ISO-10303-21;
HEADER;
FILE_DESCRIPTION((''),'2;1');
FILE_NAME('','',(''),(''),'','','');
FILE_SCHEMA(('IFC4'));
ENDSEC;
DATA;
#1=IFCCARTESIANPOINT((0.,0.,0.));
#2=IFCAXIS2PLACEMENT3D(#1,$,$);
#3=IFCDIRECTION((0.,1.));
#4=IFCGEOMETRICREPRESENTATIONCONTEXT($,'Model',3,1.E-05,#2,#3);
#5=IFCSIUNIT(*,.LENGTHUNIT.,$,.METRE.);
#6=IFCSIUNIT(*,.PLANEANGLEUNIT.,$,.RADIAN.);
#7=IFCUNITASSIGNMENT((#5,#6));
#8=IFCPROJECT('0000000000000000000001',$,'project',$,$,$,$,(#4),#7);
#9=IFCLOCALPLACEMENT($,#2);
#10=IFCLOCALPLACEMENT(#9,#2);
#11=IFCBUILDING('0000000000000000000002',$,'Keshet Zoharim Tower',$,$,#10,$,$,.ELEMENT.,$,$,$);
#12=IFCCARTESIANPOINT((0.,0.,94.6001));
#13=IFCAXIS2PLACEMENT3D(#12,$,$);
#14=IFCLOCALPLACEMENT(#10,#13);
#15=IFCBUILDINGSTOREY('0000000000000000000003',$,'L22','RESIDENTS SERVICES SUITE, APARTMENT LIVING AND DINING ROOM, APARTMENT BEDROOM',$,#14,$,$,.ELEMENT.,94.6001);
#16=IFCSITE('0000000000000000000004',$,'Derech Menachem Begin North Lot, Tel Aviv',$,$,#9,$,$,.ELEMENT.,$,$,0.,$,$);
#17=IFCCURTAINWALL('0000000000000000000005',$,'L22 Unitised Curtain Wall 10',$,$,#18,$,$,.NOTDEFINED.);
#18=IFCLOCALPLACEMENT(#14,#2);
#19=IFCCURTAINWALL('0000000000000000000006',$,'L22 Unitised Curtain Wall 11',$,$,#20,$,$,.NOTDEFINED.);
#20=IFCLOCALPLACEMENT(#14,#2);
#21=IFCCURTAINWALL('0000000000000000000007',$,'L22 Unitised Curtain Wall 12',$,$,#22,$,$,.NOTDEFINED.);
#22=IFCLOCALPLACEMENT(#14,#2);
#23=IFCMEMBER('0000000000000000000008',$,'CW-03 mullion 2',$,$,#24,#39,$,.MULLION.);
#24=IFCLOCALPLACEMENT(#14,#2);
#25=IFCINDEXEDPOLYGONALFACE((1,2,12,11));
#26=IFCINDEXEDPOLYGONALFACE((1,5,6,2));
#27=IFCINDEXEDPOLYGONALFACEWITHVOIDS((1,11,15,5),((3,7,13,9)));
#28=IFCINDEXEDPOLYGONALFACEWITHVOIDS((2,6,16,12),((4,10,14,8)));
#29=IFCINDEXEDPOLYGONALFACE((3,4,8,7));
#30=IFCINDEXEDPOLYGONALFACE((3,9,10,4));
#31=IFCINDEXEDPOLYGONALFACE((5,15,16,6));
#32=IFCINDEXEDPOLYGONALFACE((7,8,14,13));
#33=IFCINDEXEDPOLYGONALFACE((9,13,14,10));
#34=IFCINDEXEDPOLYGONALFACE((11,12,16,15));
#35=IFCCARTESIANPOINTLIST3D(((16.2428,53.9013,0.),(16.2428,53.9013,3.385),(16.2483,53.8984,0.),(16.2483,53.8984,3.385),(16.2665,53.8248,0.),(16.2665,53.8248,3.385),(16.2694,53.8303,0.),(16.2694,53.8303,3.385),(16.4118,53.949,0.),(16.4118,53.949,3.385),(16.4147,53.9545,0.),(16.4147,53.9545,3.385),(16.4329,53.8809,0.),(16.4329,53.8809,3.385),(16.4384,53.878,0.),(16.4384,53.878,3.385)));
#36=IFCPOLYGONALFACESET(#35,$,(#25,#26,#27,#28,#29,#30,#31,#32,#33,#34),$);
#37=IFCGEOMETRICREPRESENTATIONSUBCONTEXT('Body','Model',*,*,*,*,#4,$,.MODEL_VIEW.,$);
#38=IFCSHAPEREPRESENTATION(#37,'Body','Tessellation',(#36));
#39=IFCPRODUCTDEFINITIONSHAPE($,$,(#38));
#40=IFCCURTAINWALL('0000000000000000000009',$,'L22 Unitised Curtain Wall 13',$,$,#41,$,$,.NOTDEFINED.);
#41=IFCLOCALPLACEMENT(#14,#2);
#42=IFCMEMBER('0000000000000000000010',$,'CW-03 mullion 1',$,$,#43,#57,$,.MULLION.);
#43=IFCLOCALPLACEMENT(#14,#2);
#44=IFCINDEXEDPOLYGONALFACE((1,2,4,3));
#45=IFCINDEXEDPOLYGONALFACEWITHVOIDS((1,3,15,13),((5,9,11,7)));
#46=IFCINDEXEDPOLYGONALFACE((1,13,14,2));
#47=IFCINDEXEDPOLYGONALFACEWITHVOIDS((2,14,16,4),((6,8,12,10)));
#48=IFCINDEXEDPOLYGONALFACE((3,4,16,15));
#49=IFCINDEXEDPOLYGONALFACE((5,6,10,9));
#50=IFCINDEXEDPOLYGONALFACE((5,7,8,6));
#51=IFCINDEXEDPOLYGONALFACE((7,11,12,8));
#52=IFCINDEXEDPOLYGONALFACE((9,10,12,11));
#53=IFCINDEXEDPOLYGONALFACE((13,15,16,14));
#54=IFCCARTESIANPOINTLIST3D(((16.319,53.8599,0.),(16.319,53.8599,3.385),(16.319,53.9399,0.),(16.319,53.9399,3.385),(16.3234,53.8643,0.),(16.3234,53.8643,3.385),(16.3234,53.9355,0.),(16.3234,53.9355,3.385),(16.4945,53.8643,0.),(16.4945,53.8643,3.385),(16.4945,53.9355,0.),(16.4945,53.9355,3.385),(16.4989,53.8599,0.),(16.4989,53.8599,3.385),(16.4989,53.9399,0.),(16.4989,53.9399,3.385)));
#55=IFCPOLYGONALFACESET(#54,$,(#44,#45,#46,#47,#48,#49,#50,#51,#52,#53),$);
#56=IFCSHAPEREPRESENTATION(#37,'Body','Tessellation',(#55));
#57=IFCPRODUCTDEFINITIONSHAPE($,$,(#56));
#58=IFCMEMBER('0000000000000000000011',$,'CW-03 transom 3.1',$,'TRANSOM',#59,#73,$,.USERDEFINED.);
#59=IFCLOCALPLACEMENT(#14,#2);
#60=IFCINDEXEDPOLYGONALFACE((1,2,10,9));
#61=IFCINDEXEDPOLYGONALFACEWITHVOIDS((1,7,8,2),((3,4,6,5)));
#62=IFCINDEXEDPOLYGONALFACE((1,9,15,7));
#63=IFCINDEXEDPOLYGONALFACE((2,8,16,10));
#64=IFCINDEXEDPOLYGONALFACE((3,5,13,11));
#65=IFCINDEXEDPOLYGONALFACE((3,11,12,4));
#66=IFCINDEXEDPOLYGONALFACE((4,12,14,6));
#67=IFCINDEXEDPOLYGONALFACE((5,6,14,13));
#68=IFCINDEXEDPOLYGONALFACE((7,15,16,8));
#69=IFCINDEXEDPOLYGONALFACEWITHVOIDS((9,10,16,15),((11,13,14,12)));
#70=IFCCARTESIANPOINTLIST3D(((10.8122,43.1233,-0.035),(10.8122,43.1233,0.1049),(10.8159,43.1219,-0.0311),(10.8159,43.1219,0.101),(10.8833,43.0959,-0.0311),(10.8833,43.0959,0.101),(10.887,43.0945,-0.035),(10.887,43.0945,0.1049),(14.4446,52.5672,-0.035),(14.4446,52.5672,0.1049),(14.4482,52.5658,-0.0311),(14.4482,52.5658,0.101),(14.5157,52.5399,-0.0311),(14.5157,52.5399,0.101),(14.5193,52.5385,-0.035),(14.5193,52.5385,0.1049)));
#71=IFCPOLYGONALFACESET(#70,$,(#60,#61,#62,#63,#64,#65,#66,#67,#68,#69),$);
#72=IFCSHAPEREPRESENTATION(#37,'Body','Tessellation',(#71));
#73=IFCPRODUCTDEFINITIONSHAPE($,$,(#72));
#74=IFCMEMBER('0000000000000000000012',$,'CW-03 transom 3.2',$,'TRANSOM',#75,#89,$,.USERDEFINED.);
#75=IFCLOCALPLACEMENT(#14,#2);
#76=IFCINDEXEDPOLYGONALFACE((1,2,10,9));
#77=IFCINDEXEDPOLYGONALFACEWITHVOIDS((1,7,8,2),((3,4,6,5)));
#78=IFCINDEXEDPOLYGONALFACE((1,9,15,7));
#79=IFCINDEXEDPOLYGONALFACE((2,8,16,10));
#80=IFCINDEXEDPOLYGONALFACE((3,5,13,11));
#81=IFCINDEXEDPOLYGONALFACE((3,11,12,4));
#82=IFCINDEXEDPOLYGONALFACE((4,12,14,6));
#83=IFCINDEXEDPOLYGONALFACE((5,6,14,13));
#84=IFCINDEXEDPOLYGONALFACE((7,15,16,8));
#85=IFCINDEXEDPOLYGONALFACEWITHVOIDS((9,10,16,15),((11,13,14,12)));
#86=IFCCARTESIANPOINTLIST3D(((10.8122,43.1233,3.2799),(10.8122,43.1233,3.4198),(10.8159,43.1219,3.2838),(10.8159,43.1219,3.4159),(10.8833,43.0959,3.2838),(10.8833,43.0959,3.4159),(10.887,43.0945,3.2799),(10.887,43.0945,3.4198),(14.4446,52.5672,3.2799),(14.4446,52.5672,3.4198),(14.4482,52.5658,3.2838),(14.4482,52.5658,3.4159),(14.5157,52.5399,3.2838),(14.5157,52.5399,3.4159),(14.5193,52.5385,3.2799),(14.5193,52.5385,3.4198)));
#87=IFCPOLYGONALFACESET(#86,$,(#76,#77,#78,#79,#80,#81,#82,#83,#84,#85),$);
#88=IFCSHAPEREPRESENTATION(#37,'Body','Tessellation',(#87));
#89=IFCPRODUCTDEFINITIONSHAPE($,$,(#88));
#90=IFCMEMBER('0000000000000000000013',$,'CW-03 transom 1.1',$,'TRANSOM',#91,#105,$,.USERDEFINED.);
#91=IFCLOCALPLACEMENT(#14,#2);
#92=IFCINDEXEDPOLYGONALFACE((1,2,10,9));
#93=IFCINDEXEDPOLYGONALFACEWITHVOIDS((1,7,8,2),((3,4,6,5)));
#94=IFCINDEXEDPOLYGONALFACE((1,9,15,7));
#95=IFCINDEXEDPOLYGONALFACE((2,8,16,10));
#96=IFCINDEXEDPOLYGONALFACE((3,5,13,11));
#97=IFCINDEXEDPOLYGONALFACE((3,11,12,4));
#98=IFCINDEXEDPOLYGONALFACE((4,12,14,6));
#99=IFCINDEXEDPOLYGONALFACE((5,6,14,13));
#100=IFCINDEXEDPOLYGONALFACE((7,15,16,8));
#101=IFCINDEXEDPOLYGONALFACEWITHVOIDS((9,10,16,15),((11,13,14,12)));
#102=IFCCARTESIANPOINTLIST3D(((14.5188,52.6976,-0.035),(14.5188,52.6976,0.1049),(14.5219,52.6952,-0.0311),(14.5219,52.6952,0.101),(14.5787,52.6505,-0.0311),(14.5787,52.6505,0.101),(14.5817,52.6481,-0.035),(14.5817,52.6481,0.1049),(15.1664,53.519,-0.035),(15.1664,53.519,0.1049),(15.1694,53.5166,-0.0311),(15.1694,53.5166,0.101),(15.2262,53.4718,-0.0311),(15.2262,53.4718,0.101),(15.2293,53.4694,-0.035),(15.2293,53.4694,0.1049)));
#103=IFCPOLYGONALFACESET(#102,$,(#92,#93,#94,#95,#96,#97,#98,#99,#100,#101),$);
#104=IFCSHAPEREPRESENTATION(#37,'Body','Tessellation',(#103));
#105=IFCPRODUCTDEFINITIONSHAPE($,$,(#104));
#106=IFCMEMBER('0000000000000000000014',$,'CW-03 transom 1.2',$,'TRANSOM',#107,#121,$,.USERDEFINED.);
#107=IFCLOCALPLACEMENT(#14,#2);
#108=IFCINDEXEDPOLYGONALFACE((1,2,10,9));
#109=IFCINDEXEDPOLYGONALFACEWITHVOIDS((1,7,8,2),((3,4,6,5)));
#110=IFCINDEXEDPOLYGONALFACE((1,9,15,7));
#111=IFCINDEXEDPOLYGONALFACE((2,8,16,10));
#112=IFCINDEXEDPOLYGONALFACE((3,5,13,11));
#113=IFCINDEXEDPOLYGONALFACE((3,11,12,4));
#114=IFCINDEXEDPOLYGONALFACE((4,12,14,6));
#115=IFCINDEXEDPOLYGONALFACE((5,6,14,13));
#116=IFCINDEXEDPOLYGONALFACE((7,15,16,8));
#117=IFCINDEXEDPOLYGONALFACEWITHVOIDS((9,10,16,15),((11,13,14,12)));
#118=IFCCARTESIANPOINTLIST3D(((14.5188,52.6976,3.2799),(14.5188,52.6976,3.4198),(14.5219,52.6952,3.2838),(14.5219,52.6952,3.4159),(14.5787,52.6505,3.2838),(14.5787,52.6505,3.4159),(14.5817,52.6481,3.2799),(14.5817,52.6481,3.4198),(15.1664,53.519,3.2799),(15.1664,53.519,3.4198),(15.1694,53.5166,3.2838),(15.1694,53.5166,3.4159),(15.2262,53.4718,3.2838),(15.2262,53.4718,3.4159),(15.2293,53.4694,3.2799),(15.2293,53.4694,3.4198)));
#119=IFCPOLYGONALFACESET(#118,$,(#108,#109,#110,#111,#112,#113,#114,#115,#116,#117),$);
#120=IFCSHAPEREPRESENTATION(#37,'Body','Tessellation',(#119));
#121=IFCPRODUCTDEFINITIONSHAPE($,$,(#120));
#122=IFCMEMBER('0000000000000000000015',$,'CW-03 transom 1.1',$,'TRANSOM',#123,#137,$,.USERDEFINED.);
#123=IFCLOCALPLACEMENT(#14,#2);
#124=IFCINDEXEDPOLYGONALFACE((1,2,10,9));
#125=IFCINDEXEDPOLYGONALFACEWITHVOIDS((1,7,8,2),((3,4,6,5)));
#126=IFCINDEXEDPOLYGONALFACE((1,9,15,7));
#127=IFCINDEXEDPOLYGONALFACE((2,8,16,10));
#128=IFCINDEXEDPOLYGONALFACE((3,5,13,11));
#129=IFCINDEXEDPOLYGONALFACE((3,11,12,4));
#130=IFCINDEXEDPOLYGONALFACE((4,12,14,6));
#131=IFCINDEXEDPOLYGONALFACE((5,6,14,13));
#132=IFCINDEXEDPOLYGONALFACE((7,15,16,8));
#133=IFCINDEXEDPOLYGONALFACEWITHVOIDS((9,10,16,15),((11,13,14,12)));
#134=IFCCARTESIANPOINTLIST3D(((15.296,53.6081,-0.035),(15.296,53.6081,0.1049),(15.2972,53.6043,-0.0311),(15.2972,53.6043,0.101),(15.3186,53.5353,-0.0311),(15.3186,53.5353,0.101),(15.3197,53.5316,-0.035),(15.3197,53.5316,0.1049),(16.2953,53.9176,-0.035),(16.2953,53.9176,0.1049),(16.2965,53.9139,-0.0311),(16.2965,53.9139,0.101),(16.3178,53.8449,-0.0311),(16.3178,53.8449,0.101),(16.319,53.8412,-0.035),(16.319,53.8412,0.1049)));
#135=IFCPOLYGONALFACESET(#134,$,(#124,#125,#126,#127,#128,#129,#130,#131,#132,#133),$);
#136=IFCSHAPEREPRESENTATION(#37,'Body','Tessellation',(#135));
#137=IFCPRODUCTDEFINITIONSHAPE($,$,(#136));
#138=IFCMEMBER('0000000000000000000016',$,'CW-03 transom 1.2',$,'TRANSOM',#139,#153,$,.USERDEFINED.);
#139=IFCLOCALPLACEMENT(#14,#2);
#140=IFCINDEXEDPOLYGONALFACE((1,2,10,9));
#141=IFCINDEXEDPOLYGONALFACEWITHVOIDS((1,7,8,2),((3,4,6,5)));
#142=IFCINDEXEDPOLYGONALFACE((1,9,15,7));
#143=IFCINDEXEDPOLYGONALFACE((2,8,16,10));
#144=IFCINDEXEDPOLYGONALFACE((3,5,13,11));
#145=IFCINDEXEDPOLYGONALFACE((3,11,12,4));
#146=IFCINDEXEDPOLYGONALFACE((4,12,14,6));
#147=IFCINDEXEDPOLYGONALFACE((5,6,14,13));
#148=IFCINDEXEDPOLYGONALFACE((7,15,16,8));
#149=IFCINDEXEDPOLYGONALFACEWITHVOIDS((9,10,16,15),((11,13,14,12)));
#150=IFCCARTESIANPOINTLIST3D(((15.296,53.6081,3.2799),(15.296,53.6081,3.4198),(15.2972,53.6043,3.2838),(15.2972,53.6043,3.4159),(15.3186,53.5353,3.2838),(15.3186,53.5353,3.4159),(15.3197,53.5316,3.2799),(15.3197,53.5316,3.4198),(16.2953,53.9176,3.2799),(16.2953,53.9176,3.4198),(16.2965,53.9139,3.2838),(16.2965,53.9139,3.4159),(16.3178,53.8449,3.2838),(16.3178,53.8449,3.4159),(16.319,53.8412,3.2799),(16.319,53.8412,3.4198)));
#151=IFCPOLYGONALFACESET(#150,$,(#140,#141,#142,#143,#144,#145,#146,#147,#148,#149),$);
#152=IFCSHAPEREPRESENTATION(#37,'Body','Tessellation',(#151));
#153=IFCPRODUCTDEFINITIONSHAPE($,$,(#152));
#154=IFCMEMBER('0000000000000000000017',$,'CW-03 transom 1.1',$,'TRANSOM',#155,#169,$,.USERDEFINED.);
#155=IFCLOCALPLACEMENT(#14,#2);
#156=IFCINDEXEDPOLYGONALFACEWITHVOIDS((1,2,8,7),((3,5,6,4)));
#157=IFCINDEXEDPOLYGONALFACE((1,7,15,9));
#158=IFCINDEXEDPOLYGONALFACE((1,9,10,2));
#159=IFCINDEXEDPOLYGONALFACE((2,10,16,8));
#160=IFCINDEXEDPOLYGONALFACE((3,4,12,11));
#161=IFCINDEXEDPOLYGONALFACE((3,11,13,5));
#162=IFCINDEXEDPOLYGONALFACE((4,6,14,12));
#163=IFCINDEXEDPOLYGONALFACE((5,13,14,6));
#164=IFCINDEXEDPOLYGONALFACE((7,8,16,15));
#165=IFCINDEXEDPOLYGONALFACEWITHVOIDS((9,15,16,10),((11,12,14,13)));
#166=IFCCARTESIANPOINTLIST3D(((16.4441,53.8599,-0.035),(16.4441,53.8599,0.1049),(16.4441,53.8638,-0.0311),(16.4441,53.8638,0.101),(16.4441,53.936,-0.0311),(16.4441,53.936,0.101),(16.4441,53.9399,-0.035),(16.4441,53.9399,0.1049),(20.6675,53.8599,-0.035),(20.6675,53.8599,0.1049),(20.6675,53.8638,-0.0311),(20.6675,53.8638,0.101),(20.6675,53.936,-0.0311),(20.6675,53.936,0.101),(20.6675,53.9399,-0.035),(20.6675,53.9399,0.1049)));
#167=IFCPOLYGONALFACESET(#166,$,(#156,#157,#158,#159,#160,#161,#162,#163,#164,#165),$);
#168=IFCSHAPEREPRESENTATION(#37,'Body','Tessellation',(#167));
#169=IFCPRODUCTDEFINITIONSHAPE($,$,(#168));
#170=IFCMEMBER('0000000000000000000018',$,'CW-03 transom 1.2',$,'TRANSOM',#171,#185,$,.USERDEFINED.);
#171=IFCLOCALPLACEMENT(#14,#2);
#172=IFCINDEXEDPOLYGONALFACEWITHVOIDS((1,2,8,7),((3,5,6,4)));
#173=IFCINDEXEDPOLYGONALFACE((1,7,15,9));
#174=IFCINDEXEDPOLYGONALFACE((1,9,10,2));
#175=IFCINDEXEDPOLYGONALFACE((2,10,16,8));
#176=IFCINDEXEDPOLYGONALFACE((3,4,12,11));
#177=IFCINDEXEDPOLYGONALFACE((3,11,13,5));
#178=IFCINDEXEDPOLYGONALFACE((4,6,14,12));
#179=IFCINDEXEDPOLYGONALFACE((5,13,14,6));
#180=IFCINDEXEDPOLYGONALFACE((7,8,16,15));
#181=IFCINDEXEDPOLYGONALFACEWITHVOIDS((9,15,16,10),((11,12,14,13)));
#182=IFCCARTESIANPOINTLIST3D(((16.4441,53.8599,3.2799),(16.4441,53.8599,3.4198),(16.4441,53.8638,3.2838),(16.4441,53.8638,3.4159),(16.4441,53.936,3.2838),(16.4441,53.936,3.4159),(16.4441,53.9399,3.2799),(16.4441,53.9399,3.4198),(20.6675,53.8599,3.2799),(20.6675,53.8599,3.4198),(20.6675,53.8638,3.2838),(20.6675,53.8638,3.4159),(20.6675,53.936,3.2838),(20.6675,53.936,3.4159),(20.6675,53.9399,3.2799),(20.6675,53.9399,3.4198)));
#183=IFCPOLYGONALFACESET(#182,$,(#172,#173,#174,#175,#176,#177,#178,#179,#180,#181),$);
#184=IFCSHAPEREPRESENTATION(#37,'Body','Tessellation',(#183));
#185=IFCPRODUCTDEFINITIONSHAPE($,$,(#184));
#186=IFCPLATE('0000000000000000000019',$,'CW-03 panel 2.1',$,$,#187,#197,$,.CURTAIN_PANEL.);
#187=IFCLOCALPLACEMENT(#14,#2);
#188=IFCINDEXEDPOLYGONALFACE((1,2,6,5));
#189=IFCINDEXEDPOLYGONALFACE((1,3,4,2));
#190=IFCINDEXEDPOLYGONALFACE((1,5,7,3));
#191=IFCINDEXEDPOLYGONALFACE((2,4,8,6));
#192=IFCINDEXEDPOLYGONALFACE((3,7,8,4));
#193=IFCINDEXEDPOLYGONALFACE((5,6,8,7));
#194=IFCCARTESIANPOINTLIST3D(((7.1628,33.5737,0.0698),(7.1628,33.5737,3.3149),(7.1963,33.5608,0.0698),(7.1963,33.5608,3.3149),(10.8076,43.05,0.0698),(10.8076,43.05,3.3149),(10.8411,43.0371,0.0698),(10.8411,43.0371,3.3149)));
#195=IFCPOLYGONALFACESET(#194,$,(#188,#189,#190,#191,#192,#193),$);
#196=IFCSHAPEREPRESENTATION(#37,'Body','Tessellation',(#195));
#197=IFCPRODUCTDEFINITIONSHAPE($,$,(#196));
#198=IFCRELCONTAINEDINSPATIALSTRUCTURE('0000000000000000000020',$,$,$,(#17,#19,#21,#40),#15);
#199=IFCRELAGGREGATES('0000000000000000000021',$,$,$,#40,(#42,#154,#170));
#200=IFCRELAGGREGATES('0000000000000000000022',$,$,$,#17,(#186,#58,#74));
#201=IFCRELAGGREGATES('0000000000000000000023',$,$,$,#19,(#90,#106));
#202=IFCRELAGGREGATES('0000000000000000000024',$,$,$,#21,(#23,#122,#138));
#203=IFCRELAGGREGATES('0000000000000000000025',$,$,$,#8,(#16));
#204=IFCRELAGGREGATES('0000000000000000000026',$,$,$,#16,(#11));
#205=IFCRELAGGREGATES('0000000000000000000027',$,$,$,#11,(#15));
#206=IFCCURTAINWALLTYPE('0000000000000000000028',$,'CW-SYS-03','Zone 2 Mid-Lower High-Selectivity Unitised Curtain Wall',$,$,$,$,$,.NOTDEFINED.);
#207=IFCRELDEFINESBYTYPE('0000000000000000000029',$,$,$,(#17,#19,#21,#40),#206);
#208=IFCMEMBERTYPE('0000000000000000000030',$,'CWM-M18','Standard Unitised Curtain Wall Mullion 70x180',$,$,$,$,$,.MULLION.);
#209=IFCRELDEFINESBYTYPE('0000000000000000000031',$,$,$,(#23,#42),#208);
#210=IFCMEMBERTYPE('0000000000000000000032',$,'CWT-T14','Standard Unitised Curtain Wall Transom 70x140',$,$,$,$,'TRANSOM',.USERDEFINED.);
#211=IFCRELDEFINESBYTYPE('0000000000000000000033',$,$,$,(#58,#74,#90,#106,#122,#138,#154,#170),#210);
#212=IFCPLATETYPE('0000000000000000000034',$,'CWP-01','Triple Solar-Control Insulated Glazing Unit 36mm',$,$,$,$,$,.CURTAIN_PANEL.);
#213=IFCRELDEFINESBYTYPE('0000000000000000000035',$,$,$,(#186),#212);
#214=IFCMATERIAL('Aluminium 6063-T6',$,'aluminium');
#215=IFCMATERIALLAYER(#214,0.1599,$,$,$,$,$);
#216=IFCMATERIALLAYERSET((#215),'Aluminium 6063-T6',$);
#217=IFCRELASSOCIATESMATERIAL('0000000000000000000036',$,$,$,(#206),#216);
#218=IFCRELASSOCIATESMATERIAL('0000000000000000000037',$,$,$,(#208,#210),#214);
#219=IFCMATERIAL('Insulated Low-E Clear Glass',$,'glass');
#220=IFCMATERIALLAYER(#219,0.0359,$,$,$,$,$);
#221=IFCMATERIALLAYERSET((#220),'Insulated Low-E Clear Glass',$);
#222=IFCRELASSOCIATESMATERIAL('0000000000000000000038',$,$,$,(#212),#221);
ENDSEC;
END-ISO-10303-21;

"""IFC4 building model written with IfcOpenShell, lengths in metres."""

from ifc_helpers import new_model, si_unit, direction, frame, origin, origin_2d, place, context, subcontext, project, spatial, rectangle, hollow_rectangle, extrude, material, layer, layer_set, material_profile, profile_set, type_object, element, aggregate, save


model = new_model("IFC4")

# Units and contexts
model_context = context("Model", 3, precision=1e-05, world=origin(), true_north=direction((0.0, 1.0)))
body_context = subcontext(model_context, "Body", "Model", "MODEL_VIEW")
ifc_project = project(units=[si_unit("LENGTHUNIT", "METRE"), si_unit("PLANEANGLEUNIT", "RADIAN")], contexts=[model_context])

# Site, building, storey
site_placement = place(None, origin())
site = spatial("IfcSite", under=ifc_project, at=site_placement, Name="Derech Menachem Begin North Lot, Tel Aviv", CompositionType="ELEMENT", RefElevation=0.0)
building_placement = place(site_placement, origin())
building = spatial("IfcBuilding", under=site, at=building_placement, Name="Keshet Zoharim Tower", CompositionType="ELEMENT")
storey_placement = place(building_placement, frame((0.0, 0.0, 94.6001)))
storey = spatial("IfcBuildingStorey", under=building, at=storey_placement, Name="L22", Description="RESIDENTS SERVICES SUITE, APARTMENT LIVING AND DINING ROOM, APARTMENT BEDROOM", CompositionType="ELEMENT", Elevation=94.6001)

# Curtain walls, member
ifc_material_1 = material(Name="Aluminium 6063-T6", Category="aluminium")
ifc_layer_1 = layer(ifc_material_1, 0.1599)
ifc_layer_set_1 = layer_set([ifc_layer_1], Name="Aluminium 6063-T6")
curtain_wall_type = type_object("IfcCurtainWallType", Name="CW-SYS-03", Description="Zone 2 Mid-Lower High-Selectivity Unitised Curtain Wall", PredefinedType="NOTDEFINED", material=ifc_layer_set_1)
curtain_wall_1_placement = place(storey_placement, origin())
curtain_wall_1 = element("IfcCurtainWall", 1, at=curtain_wall_1_placement, inside=storey, type_object=curtain_wall_type, Name="L22 Unitised Curtain Wall 10", PredefinedType="NOTDEFINED")
ifc_material_profile_1 = material_profile(ifc_material_1, hollow_rectangle(XDim=0.0801, YDim=0.1799, WallThickness=0.0044, at=origin_2d()), Name="MUL-80x180")
ifc_profile_set_1 = profile_set([ifc_material_profile_1], Name="Aluminium 6063-T6")
member_type_1 = type_object("IfcMemberType", Name="CWM-M18", Description="Standard Unitised Curtain Wall Mullion 70x180", PredefinedType="MULLION", material=ifc_profile_set_1)
curtain_wall_2_placement = place(storey_placement, origin())
curtain_wall_2 = element("IfcCurtainWall", 2, at=curtain_wall_2_placement, inside=storey, type_object=curtain_wall_type, Name="L22 Unitised Curtain Wall 11", PredefinedType="NOTDEFINED")
curtain_wall_3_placement = place(storey_placement, origin())
curtain_wall_3 = element("IfcCurtainWall", 3, at=curtain_wall_3_placement, inside=storey, type_object=curtain_wall_type, Name="L22 Unitised Curtain Wall 12", PredefinedType="NOTDEFINED")
member_1_placement = place(storey_placement, frame((16.3406, 53.8896, 0.0), z_axis=(0.0, 0.0, 1.0), x_axis=(-0.295922, 0.955212, 0.0)))
member_1 = element("IfcMember", 4, at=member_1_placement, type_object=member_type_1, Name="CW-03 mullion 2", PredefinedType="MULLION", context=body_context, shape_type="SweptSolid", body=[
    extrude(hollow_rectangle(XDim=0.0801, YDim=0.1799, WallThickness=0.0044, at=origin_2d()), origin(), (0.0, 0.0, 1.0), 3.385),
])

# Curtain wall, member
curtain_wall_4_placement = place(storey_placement, origin())
curtain_wall_4 = element("IfcCurtainWall", 5, at=curtain_wall_4_placement, inside=storey, type_object=curtain_wall_type, Name="L22 Unitised Curtain Wall 13", PredefinedType="NOTDEFINED")
member_2_placement = place(storey_placement, frame((16.4089, 53.8999, 0.0), z_axis=(0.0, 0.0, 1.0), x_axis=(0.0, 1.0, 0.0)))
member_2 = element("IfcMember", 6, at=member_2_placement, type_object=member_type_1, Name="CW-03 mullion 1", PredefinedType="MULLION", context=body_context, shape_type="SweptSolid", body=[
    extrude(hollow_rectangle(XDim=0.0801, YDim=0.1799, WallThickness=0.0044, at=origin_2d()), origin(), (0.0, 0.0, 1.0), 3.385),
])

# Members
ifc_material_profile_2 = material_profile(ifc_material_1, hollow_rectangle(XDim=0.0801, YDim=0.1399, WallThickness=0.0039, at=origin_2d()), Name="TRN-80x140")
ifc_profile_set_2 = profile_set([ifc_material_profile_2], Name="Aluminium 6063-T6")
member_type_2 = type_object("IfcMemberType", Name="CWT-T14", Description="Standard Unitised Curtain Wall Transom 70x140", ElementType="TRANSOM", PredefinedType="USERDEFINED", material=ifc_profile_set_2)
member_3_placement = place(storey_placement, frame((10.8496, 43.1089, 0.0349), z_axis=(0.358986, 0.933343, 0.0), x_axis=(-0.933343, 0.358986, 0.0)))
member_3 = element("IfcMember", 7, at=member_3_placement, type_object=member_type_2, Name="CW-03 transom 3.1", ObjectType="TRANSOM", PredefinedType="USERDEFINED", context=body_context, shape_type="SweptSolid", body=[
    extrude(hollow_rectangle(XDim=0.0801, YDim=0.1399, WallThickness=0.0039, at=origin_2d()), origin(), (0.0, 0.0, 1.0), 10.1184),
])
member_4_placement = place(storey_placement, frame((10.8496, 43.1089, 3.3499), z_axis=(0.358986, 0.933343, 0.0), x_axis=(-0.933343, 0.358986, 0.0)))
member_4 = element("IfcMember", 8, at=member_4_placement, type_object=member_type_2, Name="CW-03 transom 3.2", ObjectType="TRANSOM", PredefinedType="USERDEFINED", context=body_context, shape_type="SweptSolid", body=[
    extrude(hollow_rectangle(XDim=0.0801, YDim=0.1399, WallThickness=0.0039, at=origin_2d()), origin(), (0.0, 0.0, 1.0), 10.1184),
])
member_5_placement = place(storey_placement, frame((14.5503, 52.6729, 0.0349), z_axis=(0.619099, 0.785313, 0.0), x_axis=(-0.785313, 0.619099, 0.0)))
member_5 = element("IfcMember", 9, at=member_5_placement, type_object=member_type_2, Name="CW-03 transom 1.1", ObjectType="TRANSOM", PredefinedType="USERDEFINED", context=body_context, shape_type="SweptSolid", body=[
    extrude(hollow_rectangle(XDim=0.0801, YDim=0.1399, WallThickness=0.0039, at=origin_2d()), origin(), (0.0, 0.0, 1.0), 1.0459),
])
member_6_placement = place(storey_placement, frame((14.5503, 52.6729, 3.3499), z_axis=(0.619099, 0.785313, 0.0), x_axis=(-0.785313, 0.619099, 0.0)))
member_6 = element("IfcMember", 10, at=member_6_placement, type_object=member_type_2, Name="CW-03 transom 1.2", ObjectType="TRANSOM", PredefinedType="USERDEFINED", context=body_context, shape_type="SweptSolid", body=[
    extrude(hollow_rectangle(XDim=0.0801, YDim=0.1399, WallThickness=0.0039, at=origin_2d()), origin(), (0.0, 0.0, 1.0), 1.0459),
])
member_7_placement = place(storey_placement, frame((15.3079, 53.5698, 0.0349), z_axis=(0.955212, 0.295922, 0.0), x_axis=(-0.295922, 0.955212, 0.0)))
member_7 = element("IfcMember", 11, at=member_7_placement, type_object=member_type_2, Name="CW-03 transom 1.1", ObjectType="TRANSOM", PredefinedType="USERDEFINED", context=body_context, shape_type="SweptSolid", body=[
    extrude(hollow_rectangle(XDim=0.0801, YDim=0.1399, WallThickness=0.0039, at=origin_2d()), origin(), (0.0, 0.0, 1.0), 1.0461),
])
member_8_placement = place(storey_placement, frame((15.3079, 53.5698, 3.3499), z_axis=(0.955212, 0.295922, 0.0), x_axis=(-0.295922, 0.955212, 0.0)))
member_8 = element("IfcMember", 12, at=member_8_placement, type_object=member_type_2, Name="CW-03 transom 1.2", ObjectType="TRANSOM", PredefinedType="USERDEFINED", context=body_context, shape_type="SweptSolid", body=[
    extrude(hollow_rectangle(XDim=0.0801, YDim=0.1399, WallThickness=0.0039, at=origin_2d()), origin(), (0.0, 0.0, 1.0), 1.0461),
])
member_9_placement = place(storey_placement, frame((16.4441, 53.8999, 0.0349), z_axis=(1.0, 0.0, 0.0), x_axis=(0.0, 1.0, 0.0)))
member_9 = element("IfcMember", 13, at=member_9_placement, type_object=member_type_2, Name="CW-03 transom 1.1", ObjectType="TRANSOM", PredefinedType="USERDEFINED", context=body_context, shape_type="SweptSolid", body=[
    extrude(hollow_rectangle(XDim=0.0801, YDim=0.1399, WallThickness=0.0039, at=origin_2d()), origin(), (0.0, 0.0, 1.0), 4.2234),
])
member_10_placement = place(storey_placement, frame((16.4441, 53.8999, 3.3499), z_axis=(1.0, 0.0, 0.0), x_axis=(0.0, 1.0, 0.0)))
member_10 = element("IfcMember", 14, at=member_10_placement, type_object=member_type_2, Name="CW-03 transom 1.2", ObjectType="TRANSOM", PredefinedType="USERDEFINED", context=body_context, shape_type="SweptSolid", body=[
    extrude(hollow_rectangle(XDim=0.0801, YDim=0.1399, WallThickness=0.0039, at=origin_2d()), origin(), (0.0, 0.0, 1.0), 4.2234),
])
aggregate(curtain_wall_4, [member_2, member_9, member_10])

# Plate
ifc_material_2 = material(Name="Insulated Low-E Clear Glass", Category="glass")
ifc_layer_2 = layer(ifc_material_2, 0.0359)
ifc_layer_set_2 = layer_set([ifc_layer_2], Name="Insulated Low-E Clear Glass")
plate_type = type_object("IfcPlateType", Name="CWP-01", Description="Triple Solar-Control Insulated Glazing Unit 36mm", PredefinedType="CURTAIN_PANEL", material=ifc_layer_set_2)
plate_1_placement = place(storey_placement, frame((9.002, 38.3054, 0.0698), z_axis=(0.0, 0.0, 1.0), x_axis=(0.35899, 0.933341, 0.0)))
plate_1 = element("IfcPlate", 15, at=plate_1_placement, type_object=plate_type, Name="CW-03 panel 2.1", PredefinedType="CURTAIN_PANEL", context=body_context, shape_type="SweptSolid", body=[
    extrude(rectangle(XDim=10.1531, YDim=0.0359, at=origin_2d()), origin(), (0.0, 0.0, 1.0), 3.2451),
])
aggregate(curtain_wall_1, [plate_1, member_3, member_4])
aggregate(curtain_wall_2, [member_5, member_6])
aggregate(curtain_wall_3, [member_1, member_7, member_8])

save(model, "model.ifc")
